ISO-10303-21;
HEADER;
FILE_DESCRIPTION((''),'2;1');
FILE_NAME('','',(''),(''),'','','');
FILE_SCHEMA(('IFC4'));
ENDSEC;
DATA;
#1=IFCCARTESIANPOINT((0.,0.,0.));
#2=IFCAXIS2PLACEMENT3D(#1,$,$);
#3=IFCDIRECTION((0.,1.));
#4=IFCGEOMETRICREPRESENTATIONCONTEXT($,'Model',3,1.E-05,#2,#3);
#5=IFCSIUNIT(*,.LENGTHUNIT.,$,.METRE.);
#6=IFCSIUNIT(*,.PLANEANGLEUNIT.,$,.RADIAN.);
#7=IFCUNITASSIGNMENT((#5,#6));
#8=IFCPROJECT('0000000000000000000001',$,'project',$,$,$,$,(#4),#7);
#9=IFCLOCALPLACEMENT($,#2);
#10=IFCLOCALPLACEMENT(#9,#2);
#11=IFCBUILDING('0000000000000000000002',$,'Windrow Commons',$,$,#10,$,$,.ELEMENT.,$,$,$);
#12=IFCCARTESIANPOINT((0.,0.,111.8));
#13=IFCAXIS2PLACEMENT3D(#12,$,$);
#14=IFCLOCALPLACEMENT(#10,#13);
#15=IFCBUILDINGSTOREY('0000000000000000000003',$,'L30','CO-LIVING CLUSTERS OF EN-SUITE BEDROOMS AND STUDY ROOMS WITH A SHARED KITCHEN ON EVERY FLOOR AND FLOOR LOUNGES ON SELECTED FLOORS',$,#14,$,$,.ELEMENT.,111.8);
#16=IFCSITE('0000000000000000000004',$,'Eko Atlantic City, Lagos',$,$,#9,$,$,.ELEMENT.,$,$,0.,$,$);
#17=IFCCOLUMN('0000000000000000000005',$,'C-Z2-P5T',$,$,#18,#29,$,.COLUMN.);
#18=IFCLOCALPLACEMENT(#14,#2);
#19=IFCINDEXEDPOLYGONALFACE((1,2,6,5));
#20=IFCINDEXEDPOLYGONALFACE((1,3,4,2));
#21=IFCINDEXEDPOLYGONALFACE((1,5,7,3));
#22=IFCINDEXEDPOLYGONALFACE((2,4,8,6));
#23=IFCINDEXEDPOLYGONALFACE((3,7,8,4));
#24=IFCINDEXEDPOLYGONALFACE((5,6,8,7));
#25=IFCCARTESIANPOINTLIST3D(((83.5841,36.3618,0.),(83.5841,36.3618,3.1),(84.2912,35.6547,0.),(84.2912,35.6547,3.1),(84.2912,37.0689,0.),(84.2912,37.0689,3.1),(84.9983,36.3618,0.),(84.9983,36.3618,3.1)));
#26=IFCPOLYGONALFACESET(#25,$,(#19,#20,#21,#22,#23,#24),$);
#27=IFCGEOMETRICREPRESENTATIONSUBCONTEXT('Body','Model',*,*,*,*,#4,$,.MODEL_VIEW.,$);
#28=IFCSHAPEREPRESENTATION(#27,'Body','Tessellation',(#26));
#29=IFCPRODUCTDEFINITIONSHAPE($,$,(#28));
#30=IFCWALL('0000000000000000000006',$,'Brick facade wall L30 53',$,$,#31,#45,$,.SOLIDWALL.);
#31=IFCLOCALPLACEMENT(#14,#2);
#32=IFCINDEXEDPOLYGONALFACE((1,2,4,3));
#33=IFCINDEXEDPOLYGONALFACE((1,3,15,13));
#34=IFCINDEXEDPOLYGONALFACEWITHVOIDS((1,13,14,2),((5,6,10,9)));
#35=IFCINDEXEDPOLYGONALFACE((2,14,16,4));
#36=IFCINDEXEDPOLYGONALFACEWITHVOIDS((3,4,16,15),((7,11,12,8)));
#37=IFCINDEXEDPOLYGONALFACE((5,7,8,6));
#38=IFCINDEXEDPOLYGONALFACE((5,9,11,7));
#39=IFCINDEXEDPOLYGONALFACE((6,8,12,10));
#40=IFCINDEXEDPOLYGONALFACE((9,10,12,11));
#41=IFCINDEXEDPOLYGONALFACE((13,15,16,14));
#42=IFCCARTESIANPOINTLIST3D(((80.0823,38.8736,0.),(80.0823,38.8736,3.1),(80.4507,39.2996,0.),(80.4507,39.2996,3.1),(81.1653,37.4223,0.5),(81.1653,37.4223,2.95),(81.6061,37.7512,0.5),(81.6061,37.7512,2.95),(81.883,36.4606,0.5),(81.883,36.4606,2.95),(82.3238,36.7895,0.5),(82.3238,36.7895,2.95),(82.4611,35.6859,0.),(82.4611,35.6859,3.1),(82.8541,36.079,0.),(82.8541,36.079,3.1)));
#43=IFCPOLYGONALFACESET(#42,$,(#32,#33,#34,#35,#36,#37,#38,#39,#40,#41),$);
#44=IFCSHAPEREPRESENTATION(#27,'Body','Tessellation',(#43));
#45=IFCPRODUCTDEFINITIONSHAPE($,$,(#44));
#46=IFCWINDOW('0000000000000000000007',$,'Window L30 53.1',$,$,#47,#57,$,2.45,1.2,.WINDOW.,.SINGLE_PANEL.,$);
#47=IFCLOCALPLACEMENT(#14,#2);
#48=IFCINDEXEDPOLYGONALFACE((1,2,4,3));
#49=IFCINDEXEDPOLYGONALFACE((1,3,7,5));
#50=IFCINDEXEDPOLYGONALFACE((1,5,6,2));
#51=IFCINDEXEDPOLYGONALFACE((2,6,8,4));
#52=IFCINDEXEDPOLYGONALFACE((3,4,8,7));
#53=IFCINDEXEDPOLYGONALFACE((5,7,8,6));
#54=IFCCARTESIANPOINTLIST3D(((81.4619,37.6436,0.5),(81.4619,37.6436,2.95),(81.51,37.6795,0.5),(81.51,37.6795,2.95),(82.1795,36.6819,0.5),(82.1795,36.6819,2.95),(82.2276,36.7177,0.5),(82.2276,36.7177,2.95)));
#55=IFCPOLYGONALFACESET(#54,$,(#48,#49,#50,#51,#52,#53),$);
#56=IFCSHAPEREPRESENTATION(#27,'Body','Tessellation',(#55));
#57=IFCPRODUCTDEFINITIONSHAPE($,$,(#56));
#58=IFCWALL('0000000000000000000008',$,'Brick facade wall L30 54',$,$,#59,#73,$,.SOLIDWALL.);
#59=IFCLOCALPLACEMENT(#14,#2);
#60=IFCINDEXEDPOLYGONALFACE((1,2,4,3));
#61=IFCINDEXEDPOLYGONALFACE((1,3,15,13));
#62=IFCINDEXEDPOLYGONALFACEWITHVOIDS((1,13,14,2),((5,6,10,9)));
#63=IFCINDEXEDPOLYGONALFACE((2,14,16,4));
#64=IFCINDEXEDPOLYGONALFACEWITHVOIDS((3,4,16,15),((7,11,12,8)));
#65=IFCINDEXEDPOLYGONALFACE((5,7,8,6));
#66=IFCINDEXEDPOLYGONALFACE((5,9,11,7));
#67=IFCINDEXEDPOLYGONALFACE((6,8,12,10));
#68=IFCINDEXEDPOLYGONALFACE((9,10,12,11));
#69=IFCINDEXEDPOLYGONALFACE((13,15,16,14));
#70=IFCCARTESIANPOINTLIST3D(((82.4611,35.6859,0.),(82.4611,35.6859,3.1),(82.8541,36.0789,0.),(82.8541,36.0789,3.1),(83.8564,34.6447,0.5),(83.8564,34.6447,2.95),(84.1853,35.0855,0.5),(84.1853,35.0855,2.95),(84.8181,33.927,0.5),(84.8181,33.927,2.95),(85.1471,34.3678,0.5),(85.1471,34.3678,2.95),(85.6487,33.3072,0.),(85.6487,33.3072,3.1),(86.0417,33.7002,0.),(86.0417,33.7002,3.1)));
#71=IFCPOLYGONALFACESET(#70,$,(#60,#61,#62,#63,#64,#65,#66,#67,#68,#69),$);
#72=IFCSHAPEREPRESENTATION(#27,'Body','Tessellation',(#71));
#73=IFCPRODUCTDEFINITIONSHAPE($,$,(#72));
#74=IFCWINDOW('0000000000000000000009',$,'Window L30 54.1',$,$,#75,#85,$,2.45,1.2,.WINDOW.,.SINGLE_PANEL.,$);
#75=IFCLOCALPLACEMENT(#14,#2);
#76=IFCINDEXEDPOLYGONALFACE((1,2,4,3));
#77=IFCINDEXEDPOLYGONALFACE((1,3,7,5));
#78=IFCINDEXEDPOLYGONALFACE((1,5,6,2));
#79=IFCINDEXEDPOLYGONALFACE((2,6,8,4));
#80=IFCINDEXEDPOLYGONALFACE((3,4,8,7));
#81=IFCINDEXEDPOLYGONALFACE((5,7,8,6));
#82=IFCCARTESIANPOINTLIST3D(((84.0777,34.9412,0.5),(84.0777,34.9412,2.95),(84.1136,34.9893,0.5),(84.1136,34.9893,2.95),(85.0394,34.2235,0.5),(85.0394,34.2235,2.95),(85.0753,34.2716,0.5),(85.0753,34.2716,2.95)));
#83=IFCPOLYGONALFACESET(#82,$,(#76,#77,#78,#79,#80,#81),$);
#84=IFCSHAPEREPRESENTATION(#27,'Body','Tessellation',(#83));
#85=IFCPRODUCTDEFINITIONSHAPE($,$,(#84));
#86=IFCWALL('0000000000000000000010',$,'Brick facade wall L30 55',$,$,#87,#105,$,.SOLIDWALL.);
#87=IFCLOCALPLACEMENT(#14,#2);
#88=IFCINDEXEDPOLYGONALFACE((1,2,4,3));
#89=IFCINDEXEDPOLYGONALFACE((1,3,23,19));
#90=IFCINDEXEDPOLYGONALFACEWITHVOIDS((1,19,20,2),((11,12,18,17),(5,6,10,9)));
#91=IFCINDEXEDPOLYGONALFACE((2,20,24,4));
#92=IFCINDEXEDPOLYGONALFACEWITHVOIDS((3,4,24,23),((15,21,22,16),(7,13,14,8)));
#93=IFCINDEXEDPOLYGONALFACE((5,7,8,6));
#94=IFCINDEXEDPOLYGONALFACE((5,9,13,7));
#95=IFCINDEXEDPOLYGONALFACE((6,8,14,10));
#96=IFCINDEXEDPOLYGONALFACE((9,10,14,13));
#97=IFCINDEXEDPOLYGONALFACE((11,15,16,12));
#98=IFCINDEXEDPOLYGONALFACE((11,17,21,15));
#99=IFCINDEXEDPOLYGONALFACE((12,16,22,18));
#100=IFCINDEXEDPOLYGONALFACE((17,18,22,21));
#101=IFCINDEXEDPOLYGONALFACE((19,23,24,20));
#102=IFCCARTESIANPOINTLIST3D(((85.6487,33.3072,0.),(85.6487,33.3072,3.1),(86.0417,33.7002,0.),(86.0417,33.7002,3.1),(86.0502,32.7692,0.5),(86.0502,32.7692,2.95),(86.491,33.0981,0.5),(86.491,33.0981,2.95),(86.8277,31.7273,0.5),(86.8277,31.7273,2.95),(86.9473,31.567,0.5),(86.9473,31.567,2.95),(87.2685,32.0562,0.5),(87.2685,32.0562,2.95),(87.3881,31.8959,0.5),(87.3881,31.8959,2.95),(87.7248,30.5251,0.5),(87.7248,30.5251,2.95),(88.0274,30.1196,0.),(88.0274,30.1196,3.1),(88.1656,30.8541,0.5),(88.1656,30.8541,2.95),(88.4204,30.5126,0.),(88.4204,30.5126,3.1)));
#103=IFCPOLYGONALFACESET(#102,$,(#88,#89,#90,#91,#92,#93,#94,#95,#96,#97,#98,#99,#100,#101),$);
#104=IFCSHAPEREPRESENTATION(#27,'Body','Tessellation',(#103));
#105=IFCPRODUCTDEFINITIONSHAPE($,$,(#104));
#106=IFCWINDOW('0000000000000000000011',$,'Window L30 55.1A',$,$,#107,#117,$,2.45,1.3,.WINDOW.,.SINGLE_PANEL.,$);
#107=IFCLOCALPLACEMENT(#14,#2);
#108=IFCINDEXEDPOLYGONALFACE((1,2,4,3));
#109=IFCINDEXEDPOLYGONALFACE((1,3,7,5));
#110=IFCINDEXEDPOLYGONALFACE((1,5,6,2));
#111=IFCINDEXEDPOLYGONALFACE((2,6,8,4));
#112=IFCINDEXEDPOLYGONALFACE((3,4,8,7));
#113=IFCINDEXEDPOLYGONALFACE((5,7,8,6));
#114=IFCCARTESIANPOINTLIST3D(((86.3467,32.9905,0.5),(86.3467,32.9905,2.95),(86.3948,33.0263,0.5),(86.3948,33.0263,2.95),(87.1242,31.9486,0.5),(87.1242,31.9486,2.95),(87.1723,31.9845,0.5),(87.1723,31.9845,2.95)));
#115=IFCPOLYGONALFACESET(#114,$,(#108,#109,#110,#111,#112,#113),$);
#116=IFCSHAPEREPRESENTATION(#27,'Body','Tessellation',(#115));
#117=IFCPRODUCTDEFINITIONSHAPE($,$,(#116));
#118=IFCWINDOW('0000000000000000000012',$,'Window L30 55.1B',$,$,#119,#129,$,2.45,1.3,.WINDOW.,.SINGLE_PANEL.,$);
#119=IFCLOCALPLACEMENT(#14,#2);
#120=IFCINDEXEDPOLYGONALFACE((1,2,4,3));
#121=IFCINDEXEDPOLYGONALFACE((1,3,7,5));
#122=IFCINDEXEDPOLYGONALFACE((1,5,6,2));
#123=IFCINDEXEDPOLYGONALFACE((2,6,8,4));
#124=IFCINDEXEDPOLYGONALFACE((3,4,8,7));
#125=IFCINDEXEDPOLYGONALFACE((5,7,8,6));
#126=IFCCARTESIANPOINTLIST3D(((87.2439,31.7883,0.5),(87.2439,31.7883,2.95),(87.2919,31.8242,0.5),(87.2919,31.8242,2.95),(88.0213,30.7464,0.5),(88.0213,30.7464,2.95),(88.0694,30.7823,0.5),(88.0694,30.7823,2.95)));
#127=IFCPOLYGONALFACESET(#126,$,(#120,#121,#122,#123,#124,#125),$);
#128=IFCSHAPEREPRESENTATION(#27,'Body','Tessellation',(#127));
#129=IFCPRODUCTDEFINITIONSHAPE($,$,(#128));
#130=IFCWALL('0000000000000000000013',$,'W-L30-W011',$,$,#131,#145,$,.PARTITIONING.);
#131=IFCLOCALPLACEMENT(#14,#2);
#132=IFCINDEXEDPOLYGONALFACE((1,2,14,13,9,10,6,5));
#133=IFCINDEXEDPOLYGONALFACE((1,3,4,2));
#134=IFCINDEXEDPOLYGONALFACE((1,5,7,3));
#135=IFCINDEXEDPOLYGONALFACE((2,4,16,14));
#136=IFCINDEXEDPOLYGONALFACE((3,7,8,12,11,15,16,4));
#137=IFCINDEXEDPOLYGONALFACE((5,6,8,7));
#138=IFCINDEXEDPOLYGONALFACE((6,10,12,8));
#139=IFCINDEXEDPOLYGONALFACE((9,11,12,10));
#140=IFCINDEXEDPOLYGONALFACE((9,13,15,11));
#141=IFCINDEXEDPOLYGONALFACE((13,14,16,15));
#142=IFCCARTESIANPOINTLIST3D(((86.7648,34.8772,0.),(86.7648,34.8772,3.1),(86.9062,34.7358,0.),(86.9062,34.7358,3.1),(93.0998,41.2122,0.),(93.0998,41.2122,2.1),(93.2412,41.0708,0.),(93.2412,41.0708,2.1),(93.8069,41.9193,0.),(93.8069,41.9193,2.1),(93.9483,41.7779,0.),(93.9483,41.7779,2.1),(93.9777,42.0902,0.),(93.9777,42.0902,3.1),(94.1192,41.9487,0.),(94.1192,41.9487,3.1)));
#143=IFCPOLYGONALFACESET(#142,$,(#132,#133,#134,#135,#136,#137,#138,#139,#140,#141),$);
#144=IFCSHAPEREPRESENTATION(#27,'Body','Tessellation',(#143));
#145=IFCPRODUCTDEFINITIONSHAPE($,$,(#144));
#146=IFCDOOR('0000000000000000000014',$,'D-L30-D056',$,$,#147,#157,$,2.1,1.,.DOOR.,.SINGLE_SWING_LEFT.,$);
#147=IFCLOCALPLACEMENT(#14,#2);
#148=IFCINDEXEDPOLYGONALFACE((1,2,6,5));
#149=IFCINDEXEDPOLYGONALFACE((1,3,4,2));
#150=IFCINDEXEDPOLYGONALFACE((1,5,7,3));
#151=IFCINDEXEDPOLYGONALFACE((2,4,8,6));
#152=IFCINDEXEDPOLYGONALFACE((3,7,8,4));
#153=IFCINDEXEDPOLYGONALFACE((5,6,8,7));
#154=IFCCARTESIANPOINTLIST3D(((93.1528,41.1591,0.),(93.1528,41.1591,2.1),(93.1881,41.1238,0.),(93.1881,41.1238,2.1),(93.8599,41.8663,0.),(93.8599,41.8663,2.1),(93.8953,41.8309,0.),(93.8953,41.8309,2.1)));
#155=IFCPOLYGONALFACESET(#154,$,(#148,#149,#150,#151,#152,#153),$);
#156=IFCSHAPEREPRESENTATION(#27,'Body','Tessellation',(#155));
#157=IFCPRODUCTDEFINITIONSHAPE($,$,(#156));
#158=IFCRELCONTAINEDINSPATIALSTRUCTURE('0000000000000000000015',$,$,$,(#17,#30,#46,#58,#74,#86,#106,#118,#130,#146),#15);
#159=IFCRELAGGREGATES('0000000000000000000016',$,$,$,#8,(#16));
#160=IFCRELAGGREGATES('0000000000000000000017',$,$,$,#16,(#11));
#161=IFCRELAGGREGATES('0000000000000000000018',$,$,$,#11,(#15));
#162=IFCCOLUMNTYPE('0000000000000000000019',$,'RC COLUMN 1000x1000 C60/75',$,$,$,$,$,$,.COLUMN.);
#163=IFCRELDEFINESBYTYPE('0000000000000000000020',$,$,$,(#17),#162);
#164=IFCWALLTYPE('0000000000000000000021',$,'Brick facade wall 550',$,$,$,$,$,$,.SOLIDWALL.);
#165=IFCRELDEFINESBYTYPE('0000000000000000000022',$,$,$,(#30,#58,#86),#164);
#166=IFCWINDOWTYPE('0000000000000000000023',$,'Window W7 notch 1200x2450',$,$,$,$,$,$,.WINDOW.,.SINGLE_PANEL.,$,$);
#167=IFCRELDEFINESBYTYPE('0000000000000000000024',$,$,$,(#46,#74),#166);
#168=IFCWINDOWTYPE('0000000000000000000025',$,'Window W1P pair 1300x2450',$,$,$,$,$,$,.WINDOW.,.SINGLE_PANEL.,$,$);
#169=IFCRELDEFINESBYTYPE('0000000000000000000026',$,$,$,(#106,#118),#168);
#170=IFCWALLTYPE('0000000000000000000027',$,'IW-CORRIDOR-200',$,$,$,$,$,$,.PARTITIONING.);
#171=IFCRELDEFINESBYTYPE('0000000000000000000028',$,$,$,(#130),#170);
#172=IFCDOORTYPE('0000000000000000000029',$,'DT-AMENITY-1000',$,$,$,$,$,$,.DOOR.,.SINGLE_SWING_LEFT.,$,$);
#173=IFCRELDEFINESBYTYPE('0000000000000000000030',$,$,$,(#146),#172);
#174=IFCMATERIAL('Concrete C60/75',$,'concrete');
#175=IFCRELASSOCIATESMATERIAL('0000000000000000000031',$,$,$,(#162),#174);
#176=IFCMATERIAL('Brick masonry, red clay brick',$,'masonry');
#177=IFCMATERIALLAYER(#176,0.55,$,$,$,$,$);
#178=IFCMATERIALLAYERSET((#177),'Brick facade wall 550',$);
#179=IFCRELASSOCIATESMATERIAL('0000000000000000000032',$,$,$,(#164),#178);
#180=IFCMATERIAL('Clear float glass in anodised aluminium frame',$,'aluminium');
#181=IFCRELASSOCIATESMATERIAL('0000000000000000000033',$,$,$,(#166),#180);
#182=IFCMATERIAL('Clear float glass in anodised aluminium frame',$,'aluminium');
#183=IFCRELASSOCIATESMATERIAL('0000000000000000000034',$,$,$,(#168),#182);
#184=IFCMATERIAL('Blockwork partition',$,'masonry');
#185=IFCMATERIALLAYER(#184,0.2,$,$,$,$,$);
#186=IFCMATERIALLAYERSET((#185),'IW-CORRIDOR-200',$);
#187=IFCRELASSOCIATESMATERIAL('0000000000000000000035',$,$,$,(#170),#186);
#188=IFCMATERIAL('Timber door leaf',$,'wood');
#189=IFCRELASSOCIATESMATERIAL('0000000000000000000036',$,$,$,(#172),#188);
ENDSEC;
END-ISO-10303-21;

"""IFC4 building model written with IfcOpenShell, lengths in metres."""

from ifc_helpers import new_model, si_unit, direction, frame, frame_2d, origin, origin_2d, place, context, subcontext, project, spatial, polyline, rectangle, outline, extrude, material, layer, layer_set, material_profile, profile_set, type_object, element, fill, save


model = new_model("IFC4")

# Units and contexts
model_context = context("Model", 3, precision=1e-05, world=origin(), true_north=direction((0.0, 1.0)))
body_context = subcontext(model_context, "Body", "Model", "MODEL_VIEW")
ifc_project = project(units=[si_unit("LENGTHUNIT", "METRE"), si_unit("PLANEANGLEUNIT", "RADIAN")], contexts=[model_context])

# Site, building, storey
site_placement = place(None, origin())
site = spatial("IfcSite", under=ifc_project, at=site_placement, Name="Eko Atlantic City, Lagos", CompositionType="ELEMENT", RefElevation=0.0)
building_placement = place(site_placement, origin())
building = spatial("IfcBuilding", under=site, at=building_placement, Name="Windrow Commons", CompositionType="ELEMENT")
storey_placement = place(building_placement, frame((0.0, 0.0, 111.8)))
storey = spatial("IfcBuildingStorey", under=building, at=storey_placement, Name="L30", Description="CO-LIVING CLUSTERS OF EN-SUITE BEDROOMS AND STUDY ROOMS WITH A SHARED KITCHEN ON EVERY FLOOR AND FLOOR LOUNGES ON SELECTED FLOORS", CompositionType="ELEMENT", Elevation=111.8)

# Column
ifc_material_1 = material(Name="Concrete C60/75", Category="concrete")
ifc_material_profile = material_profile(ifc_material_1, rectangle(XDim=1.0, YDim=1.0, at=origin_2d()))
ifc_profile_set = profile_set([ifc_material_profile], Name="Concrete C60/75")
column_type = type_object("IfcColumnType", Name="RC COLUMN 1000x1000 C60/75", PredefinedType="COLUMN", material=ifc_profile_set)
column_placement = place(storey_placement, frame((84.2912, 36.3618, 0.0), z_axis=(0.0, 0.0, 1.0), x_axis=(0.707107, -0.707107, 0.0)))
element("IfcColumn", 1, at=column_placement, inside=storey, type_object=column_type, Name="C-Z2-P5T", PredefinedType="COLUMN", context=body_context, shape_type="SweptSolid", body=[
    extrude(rectangle(XDim=1.0, YDim=1.0, at=origin_2d()), origin(), (0.0, 0.0, 1.0), 3.1),
])

# Walls, openings, windows
ifc_material_2 = material(Name="Brick masonry, red clay brick", Category="masonry")
ifc_layer_1 = layer(ifc_material_2, 0.55)
ifc_layer_set_1 = layer_set([ifc_layer_1], Name="Brick facade wall 550")
wall_type_1 = type_object("IfcWallType", Name="Brick facade wall 550", PredefinedType="SOLIDWALL", material=ifc_layer_set_1)
wall_1_placement = place(storey_placement, frame((80.2665, 39.0866, 0.0), z_axis=(0.0, 0.0, 1.0), x_axis=(0.598069, -0.801444, 0.0)))
wall_1 = element("IfcWall", 2, at=wall_1_placement, inside=storey, type_object=wall_type_1, Name="Brick facade wall L30 53", PredefinedType="SOLIDWALL", context=body_context, shape_type="SweptSolid", body=[
    extrude(outline(polyline([(0.0606, -0.275), (4.038, -0.275), (3.958, 0.275), (-0.0606, 0.275), (0.0606, -0.275)])), origin(), (0.0, 0.0, 1.0), 3.1),
])
opening_1_placement = place(wall_1_placement, frame((1.8714, 0.0, 0.5)))
opening_1 = element("IfcOpeningElement", 3, at=opening_1_placement, cuts=wall_1, PredefinedType="OPENING", context=body_context, shape_type="SweptSolid", body=[
    extrude(rectangle(XDim=1.2, YDim=2.45, at=frame_2d((0.6, 1.225))), frame((0.0, 0.285, 0.0), z_axis=(0.0, -1.0, 0.0), x_axis=(1.0, 0.0, 0.0)), (0.0, 0.0, 1.0), 0.57),
])
ifc_material_3 = material(Name="Clear float glass in anodised aluminium frame", Category="aluminium")
window_type_1 = type_object("IfcWindowType", Name="Window W7 notch 1200x2450", PartitioningType="SINGLE_PANEL", PredefinedType="WINDOW", material=ifc_material_3)
window_1_placement = place(opening_1_placement, origin())
window_1 = element("IfcWindow", 4, at=window_1_placement, inside=storey, type_object=window_type_1, Name="Window L30 53.1", OverallHeight=2.45, OverallWidth=1.2, PartitioningType="SINGLE_PANEL", PredefinedType="WINDOW", context=body_context, shape_type="SweptSolid", body=[
    extrude(rectangle(XDim=1.2, YDim=2.45, at=frame_2d((0.6, 1.225))), frame((0.0, 0.155, 0.0), z_axis=(0.0, -1.0, 0.0), x_axis=(1.0, 0.0, 0.0)), (0.0, 0.0, 1.0), 0.06),
])
fill(opening_1, window_1)
wall_2_placement = place(storey_placement, frame((82.6576, 35.8824, 0.0), z_axis=(0.0, 0.0, 1.0), x_axis=(0.801446, -0.598067, 0.0)))
wall_2 = element("IfcWall", 5, at=wall_2_placement, inside=storey, type_object=wall_type_1, Name="Brick facade wall L30 54", PredefinedType="SOLIDWALL", context=body_context, shape_type="SweptSolid", body=[
    extrude(outline(polyline([(-0.04, -0.275), (3.9374, -0.275), (4.0173, 0.275), (0.04, 0.275), (-0.04, -0.275)])), origin(), (0.0, 0.0, 1.0), 3.1),
])
opening_2_placement = place(wall_2_placement, frame((1.701, 0.0, 0.5)))
opening_2 = element("IfcOpeningElement", 6, at=opening_2_placement, cuts=wall_2, PredefinedType="OPENING", context=body_context, shape_type="SweptSolid", body=[
    extrude(rectangle(XDim=1.2, YDim=2.45, at=frame_2d((0.6, 1.225))), frame((0.0, 0.285, 0.0), z_axis=(0.0, -1.0, 0.0), x_axis=(1.0, 0.0, 0.0)), (0.0, 0.0, 1.0), 0.57),
])
window_2_placement = place(opening_2_placement, origin())
window_2 = element("IfcWindow", 7, at=window_2_placement, inside=storey, type_object=window_type_1, Name="Window L30 54.1", OverallHeight=2.45, OverallWidth=1.2, PartitioningType="SINGLE_PANEL", PredefinedType="WINDOW", context=body_context, shape_type="SweptSolid", body=[
    extrude(rectangle(XDim=1.2, YDim=2.45, at=frame_2d((0.6, 1.225))), frame((0.0, 0.155, 0.0), z_axis=(0.0, -1.0, 0.0), x_axis=(1.0, 0.0, 0.0)), (0.0, 0.0, 1.0), 0.06),
])
fill(opening_2, window_2)

# Wall, openings, windows
wall_3_placement = place(storey_placement, frame((85.8452, 33.5037, 0.0), z_axis=(0.0, 0.0, 1.0), x_axis=(0.598071, -0.801443, 0.0)))
wall_3 = element("IfcWall", 8, at=wall_3_placement, inside=storey, type_object=wall_type_1, Name="Brick facade wall L30 55", PredefinedType="SOLIDWALL", context=body_context, shape_type="SweptSolid", body=[
    extrude(outline(polyline([(0.04, -0.275), (4.0173, -0.275), (3.9374, 0.275), (-0.04, 0.275), (0.04, -0.275)])), origin(), (0.0, 0.0, 1.0), 3.1),
])
opening_3_placement = place(wall_3_placement, frame((0.7113, 0.0, 0.5)))
opening_3 = element("IfcOpeningElement", 9, at=opening_3_placement, cuts=wall_3, PredefinedType="OPENING", context=body_context, shape_type="SweptSolid", body=[
    extrude(rectangle(XDim=1.3, YDim=2.45, at=frame_2d((0.65, 1.225))), frame((0.0, 0.285, 0.0), z_axis=(0.0, -1.0, 0.0), x_axis=(1.0, 0.0, 0.0)), (0.0, 0.0, 1.0), 0.57),
])
opening_4_placement = place(wall_3_placement, frame((2.2113, 0.0, 0.5)))
opening_4 = element("IfcOpeningElement", 10, at=opening_4_placement, cuts=wall_3, PredefinedType="OPENING", context=body_context, shape_type="SweptSolid", body=[
    extrude(rectangle(XDim=1.3, YDim=2.45, at=frame_2d((0.65, 1.225))), frame((0.0, 0.285, 0.0), z_axis=(0.0, -1.0, 0.0), x_axis=(1.0, 0.0, 0.0)), (0.0, 0.0, 1.0), 0.57),
])
ifc_material_4 = material(Name="Clear float glass in anodised aluminium frame", Category="aluminium")
window_type_2 = type_object("IfcWindowType", Name="Window W1P pair 1300x2450", PartitioningType="SINGLE_PANEL", PredefinedType="WINDOW", material=ifc_material_4)
window_3_placement = place(opening_3_placement, origin())
window_3 = element("IfcWindow", 11, at=window_3_placement, inside=storey, type_object=window_type_2, Name="Window L30 55.1A", OverallHeight=2.45, OverallWidth=1.3, PartitioningType="SINGLE_PANEL", PredefinedType="WINDOW", context=body_context, shape_type="SweptSolid", body=[
    extrude(rectangle(XDim=1.3, YDim=2.45, at=frame_2d((0.65, 1.225))), frame((0.0, 0.155, 0.0), z_axis=(0.0, -1.0, 0.0), x_axis=(1.0, 0.0, 0.0)), (0.0, 0.0, 1.0), 0.06),
])
fill(opening_3, window_3)
window_4_placement = place(opening_4_placement, origin())
window_4 = element("IfcWindow", 12, at=window_4_placement, inside=storey, type_object=window_type_2, Name="Window L30 55.1B", OverallHeight=2.45, OverallWidth=1.3, PartitioningType="SINGLE_PANEL", PredefinedType="WINDOW", context=body_context, shape_type="SweptSolid", body=[
    extrude(rectangle(XDim=1.3, YDim=2.45, at=frame_2d((0.65, 1.225))), frame((0.0, 0.155, 0.0), z_axis=(0.0, -1.0, 0.0), x_axis=(1.0, 0.0, 0.0)), (0.0, 0.0, 1.0), 0.06),
])
fill(opening_4, window_4)

# Wall, opening, door
ifc_material_5 = material(Name="Blockwork partition", Category="masonry")
ifc_layer_2 = layer(ifc_material_5, 0.2)
ifc_layer_set_2 = layer_set([ifc_layer_2], Name="IW-CORRIDOR-200")
wall_type_2 = type_object("IfcWallType", Name="IW-CORRIDOR-200", PredefinedType="PARTITIONING", material=ifc_layer_set_2)
wall_4_placement = place(storey_placement, frame((86.8355, 34.8065, 0.0), z_axis=(0.0, 0.0, 1.0), x_axis=(0.707107, 0.707107, 0.0)))
wall_4 = element("IfcWall", 13, at=wall_4_placement, inside=storey, type_object=wall_type_2, Name="W-L30-W011", PredefinedType="PARTITIONING", context=body_context, shape_type="SweptSolid", body=[
    extrude(rectangle(XDim=10.2007, YDim=0.2, at=frame_2d((5.1003, 0.0))), origin(), (0.0, 0.0, 1.0), 3.1),
])
opening_5_placement = place(wall_4_placement, frame((8.959, 0.0, 0.0)))
opening_5 = element("IfcOpeningElement", 14, at=opening_5_placement, cuts=wall_4, PredefinedType="OPENING", context=body_context, shape_type="SweptSolid", body=[
    extrude(rectangle(XDim=1.0, YDim=2.1, at=frame_2d((0.5, 1.05))), frame((0.0, 0.11, 0.0), z_axis=(0.0, -1.0, 0.0), x_axis=(1.0, 0.0, 0.0)), (0.0, 0.0, 1.0), 0.22),
])
ifc_material_6 = material(Name="Timber door leaf", Category="wood")
door_type = type_object("IfcDoorType", Name="DT-AMENITY-1000", OperationType="SINGLE_SWING_LEFT", PredefinedType="DOOR", material=ifc_material_6)
door_placement = place(opening_5_placement, origin())
door = element("IfcDoor", 15, at=door_placement, inside=storey, type_object=door_type, Name="D-L30-D056", OperationType="SINGLE_SWING_LEFT", OverallHeight=2.1, OverallWidth=1.0, PredefinedType="DOOR", context=body_context, shape_type="SweptSolid", body=[
    extrude(rectangle(XDim=1.0, YDim=2.1, at=frame_2d((0.5, 1.05))), frame((0.0, 0.025, 0.0), z_axis=(0.0, -1.0, 0.0), x_axis=(1.0, 0.0, 0.0)), (0.0, 0.0, 1.0), 0.05),
])
fill(opening_5, door)

save(model, "model.ifc")
